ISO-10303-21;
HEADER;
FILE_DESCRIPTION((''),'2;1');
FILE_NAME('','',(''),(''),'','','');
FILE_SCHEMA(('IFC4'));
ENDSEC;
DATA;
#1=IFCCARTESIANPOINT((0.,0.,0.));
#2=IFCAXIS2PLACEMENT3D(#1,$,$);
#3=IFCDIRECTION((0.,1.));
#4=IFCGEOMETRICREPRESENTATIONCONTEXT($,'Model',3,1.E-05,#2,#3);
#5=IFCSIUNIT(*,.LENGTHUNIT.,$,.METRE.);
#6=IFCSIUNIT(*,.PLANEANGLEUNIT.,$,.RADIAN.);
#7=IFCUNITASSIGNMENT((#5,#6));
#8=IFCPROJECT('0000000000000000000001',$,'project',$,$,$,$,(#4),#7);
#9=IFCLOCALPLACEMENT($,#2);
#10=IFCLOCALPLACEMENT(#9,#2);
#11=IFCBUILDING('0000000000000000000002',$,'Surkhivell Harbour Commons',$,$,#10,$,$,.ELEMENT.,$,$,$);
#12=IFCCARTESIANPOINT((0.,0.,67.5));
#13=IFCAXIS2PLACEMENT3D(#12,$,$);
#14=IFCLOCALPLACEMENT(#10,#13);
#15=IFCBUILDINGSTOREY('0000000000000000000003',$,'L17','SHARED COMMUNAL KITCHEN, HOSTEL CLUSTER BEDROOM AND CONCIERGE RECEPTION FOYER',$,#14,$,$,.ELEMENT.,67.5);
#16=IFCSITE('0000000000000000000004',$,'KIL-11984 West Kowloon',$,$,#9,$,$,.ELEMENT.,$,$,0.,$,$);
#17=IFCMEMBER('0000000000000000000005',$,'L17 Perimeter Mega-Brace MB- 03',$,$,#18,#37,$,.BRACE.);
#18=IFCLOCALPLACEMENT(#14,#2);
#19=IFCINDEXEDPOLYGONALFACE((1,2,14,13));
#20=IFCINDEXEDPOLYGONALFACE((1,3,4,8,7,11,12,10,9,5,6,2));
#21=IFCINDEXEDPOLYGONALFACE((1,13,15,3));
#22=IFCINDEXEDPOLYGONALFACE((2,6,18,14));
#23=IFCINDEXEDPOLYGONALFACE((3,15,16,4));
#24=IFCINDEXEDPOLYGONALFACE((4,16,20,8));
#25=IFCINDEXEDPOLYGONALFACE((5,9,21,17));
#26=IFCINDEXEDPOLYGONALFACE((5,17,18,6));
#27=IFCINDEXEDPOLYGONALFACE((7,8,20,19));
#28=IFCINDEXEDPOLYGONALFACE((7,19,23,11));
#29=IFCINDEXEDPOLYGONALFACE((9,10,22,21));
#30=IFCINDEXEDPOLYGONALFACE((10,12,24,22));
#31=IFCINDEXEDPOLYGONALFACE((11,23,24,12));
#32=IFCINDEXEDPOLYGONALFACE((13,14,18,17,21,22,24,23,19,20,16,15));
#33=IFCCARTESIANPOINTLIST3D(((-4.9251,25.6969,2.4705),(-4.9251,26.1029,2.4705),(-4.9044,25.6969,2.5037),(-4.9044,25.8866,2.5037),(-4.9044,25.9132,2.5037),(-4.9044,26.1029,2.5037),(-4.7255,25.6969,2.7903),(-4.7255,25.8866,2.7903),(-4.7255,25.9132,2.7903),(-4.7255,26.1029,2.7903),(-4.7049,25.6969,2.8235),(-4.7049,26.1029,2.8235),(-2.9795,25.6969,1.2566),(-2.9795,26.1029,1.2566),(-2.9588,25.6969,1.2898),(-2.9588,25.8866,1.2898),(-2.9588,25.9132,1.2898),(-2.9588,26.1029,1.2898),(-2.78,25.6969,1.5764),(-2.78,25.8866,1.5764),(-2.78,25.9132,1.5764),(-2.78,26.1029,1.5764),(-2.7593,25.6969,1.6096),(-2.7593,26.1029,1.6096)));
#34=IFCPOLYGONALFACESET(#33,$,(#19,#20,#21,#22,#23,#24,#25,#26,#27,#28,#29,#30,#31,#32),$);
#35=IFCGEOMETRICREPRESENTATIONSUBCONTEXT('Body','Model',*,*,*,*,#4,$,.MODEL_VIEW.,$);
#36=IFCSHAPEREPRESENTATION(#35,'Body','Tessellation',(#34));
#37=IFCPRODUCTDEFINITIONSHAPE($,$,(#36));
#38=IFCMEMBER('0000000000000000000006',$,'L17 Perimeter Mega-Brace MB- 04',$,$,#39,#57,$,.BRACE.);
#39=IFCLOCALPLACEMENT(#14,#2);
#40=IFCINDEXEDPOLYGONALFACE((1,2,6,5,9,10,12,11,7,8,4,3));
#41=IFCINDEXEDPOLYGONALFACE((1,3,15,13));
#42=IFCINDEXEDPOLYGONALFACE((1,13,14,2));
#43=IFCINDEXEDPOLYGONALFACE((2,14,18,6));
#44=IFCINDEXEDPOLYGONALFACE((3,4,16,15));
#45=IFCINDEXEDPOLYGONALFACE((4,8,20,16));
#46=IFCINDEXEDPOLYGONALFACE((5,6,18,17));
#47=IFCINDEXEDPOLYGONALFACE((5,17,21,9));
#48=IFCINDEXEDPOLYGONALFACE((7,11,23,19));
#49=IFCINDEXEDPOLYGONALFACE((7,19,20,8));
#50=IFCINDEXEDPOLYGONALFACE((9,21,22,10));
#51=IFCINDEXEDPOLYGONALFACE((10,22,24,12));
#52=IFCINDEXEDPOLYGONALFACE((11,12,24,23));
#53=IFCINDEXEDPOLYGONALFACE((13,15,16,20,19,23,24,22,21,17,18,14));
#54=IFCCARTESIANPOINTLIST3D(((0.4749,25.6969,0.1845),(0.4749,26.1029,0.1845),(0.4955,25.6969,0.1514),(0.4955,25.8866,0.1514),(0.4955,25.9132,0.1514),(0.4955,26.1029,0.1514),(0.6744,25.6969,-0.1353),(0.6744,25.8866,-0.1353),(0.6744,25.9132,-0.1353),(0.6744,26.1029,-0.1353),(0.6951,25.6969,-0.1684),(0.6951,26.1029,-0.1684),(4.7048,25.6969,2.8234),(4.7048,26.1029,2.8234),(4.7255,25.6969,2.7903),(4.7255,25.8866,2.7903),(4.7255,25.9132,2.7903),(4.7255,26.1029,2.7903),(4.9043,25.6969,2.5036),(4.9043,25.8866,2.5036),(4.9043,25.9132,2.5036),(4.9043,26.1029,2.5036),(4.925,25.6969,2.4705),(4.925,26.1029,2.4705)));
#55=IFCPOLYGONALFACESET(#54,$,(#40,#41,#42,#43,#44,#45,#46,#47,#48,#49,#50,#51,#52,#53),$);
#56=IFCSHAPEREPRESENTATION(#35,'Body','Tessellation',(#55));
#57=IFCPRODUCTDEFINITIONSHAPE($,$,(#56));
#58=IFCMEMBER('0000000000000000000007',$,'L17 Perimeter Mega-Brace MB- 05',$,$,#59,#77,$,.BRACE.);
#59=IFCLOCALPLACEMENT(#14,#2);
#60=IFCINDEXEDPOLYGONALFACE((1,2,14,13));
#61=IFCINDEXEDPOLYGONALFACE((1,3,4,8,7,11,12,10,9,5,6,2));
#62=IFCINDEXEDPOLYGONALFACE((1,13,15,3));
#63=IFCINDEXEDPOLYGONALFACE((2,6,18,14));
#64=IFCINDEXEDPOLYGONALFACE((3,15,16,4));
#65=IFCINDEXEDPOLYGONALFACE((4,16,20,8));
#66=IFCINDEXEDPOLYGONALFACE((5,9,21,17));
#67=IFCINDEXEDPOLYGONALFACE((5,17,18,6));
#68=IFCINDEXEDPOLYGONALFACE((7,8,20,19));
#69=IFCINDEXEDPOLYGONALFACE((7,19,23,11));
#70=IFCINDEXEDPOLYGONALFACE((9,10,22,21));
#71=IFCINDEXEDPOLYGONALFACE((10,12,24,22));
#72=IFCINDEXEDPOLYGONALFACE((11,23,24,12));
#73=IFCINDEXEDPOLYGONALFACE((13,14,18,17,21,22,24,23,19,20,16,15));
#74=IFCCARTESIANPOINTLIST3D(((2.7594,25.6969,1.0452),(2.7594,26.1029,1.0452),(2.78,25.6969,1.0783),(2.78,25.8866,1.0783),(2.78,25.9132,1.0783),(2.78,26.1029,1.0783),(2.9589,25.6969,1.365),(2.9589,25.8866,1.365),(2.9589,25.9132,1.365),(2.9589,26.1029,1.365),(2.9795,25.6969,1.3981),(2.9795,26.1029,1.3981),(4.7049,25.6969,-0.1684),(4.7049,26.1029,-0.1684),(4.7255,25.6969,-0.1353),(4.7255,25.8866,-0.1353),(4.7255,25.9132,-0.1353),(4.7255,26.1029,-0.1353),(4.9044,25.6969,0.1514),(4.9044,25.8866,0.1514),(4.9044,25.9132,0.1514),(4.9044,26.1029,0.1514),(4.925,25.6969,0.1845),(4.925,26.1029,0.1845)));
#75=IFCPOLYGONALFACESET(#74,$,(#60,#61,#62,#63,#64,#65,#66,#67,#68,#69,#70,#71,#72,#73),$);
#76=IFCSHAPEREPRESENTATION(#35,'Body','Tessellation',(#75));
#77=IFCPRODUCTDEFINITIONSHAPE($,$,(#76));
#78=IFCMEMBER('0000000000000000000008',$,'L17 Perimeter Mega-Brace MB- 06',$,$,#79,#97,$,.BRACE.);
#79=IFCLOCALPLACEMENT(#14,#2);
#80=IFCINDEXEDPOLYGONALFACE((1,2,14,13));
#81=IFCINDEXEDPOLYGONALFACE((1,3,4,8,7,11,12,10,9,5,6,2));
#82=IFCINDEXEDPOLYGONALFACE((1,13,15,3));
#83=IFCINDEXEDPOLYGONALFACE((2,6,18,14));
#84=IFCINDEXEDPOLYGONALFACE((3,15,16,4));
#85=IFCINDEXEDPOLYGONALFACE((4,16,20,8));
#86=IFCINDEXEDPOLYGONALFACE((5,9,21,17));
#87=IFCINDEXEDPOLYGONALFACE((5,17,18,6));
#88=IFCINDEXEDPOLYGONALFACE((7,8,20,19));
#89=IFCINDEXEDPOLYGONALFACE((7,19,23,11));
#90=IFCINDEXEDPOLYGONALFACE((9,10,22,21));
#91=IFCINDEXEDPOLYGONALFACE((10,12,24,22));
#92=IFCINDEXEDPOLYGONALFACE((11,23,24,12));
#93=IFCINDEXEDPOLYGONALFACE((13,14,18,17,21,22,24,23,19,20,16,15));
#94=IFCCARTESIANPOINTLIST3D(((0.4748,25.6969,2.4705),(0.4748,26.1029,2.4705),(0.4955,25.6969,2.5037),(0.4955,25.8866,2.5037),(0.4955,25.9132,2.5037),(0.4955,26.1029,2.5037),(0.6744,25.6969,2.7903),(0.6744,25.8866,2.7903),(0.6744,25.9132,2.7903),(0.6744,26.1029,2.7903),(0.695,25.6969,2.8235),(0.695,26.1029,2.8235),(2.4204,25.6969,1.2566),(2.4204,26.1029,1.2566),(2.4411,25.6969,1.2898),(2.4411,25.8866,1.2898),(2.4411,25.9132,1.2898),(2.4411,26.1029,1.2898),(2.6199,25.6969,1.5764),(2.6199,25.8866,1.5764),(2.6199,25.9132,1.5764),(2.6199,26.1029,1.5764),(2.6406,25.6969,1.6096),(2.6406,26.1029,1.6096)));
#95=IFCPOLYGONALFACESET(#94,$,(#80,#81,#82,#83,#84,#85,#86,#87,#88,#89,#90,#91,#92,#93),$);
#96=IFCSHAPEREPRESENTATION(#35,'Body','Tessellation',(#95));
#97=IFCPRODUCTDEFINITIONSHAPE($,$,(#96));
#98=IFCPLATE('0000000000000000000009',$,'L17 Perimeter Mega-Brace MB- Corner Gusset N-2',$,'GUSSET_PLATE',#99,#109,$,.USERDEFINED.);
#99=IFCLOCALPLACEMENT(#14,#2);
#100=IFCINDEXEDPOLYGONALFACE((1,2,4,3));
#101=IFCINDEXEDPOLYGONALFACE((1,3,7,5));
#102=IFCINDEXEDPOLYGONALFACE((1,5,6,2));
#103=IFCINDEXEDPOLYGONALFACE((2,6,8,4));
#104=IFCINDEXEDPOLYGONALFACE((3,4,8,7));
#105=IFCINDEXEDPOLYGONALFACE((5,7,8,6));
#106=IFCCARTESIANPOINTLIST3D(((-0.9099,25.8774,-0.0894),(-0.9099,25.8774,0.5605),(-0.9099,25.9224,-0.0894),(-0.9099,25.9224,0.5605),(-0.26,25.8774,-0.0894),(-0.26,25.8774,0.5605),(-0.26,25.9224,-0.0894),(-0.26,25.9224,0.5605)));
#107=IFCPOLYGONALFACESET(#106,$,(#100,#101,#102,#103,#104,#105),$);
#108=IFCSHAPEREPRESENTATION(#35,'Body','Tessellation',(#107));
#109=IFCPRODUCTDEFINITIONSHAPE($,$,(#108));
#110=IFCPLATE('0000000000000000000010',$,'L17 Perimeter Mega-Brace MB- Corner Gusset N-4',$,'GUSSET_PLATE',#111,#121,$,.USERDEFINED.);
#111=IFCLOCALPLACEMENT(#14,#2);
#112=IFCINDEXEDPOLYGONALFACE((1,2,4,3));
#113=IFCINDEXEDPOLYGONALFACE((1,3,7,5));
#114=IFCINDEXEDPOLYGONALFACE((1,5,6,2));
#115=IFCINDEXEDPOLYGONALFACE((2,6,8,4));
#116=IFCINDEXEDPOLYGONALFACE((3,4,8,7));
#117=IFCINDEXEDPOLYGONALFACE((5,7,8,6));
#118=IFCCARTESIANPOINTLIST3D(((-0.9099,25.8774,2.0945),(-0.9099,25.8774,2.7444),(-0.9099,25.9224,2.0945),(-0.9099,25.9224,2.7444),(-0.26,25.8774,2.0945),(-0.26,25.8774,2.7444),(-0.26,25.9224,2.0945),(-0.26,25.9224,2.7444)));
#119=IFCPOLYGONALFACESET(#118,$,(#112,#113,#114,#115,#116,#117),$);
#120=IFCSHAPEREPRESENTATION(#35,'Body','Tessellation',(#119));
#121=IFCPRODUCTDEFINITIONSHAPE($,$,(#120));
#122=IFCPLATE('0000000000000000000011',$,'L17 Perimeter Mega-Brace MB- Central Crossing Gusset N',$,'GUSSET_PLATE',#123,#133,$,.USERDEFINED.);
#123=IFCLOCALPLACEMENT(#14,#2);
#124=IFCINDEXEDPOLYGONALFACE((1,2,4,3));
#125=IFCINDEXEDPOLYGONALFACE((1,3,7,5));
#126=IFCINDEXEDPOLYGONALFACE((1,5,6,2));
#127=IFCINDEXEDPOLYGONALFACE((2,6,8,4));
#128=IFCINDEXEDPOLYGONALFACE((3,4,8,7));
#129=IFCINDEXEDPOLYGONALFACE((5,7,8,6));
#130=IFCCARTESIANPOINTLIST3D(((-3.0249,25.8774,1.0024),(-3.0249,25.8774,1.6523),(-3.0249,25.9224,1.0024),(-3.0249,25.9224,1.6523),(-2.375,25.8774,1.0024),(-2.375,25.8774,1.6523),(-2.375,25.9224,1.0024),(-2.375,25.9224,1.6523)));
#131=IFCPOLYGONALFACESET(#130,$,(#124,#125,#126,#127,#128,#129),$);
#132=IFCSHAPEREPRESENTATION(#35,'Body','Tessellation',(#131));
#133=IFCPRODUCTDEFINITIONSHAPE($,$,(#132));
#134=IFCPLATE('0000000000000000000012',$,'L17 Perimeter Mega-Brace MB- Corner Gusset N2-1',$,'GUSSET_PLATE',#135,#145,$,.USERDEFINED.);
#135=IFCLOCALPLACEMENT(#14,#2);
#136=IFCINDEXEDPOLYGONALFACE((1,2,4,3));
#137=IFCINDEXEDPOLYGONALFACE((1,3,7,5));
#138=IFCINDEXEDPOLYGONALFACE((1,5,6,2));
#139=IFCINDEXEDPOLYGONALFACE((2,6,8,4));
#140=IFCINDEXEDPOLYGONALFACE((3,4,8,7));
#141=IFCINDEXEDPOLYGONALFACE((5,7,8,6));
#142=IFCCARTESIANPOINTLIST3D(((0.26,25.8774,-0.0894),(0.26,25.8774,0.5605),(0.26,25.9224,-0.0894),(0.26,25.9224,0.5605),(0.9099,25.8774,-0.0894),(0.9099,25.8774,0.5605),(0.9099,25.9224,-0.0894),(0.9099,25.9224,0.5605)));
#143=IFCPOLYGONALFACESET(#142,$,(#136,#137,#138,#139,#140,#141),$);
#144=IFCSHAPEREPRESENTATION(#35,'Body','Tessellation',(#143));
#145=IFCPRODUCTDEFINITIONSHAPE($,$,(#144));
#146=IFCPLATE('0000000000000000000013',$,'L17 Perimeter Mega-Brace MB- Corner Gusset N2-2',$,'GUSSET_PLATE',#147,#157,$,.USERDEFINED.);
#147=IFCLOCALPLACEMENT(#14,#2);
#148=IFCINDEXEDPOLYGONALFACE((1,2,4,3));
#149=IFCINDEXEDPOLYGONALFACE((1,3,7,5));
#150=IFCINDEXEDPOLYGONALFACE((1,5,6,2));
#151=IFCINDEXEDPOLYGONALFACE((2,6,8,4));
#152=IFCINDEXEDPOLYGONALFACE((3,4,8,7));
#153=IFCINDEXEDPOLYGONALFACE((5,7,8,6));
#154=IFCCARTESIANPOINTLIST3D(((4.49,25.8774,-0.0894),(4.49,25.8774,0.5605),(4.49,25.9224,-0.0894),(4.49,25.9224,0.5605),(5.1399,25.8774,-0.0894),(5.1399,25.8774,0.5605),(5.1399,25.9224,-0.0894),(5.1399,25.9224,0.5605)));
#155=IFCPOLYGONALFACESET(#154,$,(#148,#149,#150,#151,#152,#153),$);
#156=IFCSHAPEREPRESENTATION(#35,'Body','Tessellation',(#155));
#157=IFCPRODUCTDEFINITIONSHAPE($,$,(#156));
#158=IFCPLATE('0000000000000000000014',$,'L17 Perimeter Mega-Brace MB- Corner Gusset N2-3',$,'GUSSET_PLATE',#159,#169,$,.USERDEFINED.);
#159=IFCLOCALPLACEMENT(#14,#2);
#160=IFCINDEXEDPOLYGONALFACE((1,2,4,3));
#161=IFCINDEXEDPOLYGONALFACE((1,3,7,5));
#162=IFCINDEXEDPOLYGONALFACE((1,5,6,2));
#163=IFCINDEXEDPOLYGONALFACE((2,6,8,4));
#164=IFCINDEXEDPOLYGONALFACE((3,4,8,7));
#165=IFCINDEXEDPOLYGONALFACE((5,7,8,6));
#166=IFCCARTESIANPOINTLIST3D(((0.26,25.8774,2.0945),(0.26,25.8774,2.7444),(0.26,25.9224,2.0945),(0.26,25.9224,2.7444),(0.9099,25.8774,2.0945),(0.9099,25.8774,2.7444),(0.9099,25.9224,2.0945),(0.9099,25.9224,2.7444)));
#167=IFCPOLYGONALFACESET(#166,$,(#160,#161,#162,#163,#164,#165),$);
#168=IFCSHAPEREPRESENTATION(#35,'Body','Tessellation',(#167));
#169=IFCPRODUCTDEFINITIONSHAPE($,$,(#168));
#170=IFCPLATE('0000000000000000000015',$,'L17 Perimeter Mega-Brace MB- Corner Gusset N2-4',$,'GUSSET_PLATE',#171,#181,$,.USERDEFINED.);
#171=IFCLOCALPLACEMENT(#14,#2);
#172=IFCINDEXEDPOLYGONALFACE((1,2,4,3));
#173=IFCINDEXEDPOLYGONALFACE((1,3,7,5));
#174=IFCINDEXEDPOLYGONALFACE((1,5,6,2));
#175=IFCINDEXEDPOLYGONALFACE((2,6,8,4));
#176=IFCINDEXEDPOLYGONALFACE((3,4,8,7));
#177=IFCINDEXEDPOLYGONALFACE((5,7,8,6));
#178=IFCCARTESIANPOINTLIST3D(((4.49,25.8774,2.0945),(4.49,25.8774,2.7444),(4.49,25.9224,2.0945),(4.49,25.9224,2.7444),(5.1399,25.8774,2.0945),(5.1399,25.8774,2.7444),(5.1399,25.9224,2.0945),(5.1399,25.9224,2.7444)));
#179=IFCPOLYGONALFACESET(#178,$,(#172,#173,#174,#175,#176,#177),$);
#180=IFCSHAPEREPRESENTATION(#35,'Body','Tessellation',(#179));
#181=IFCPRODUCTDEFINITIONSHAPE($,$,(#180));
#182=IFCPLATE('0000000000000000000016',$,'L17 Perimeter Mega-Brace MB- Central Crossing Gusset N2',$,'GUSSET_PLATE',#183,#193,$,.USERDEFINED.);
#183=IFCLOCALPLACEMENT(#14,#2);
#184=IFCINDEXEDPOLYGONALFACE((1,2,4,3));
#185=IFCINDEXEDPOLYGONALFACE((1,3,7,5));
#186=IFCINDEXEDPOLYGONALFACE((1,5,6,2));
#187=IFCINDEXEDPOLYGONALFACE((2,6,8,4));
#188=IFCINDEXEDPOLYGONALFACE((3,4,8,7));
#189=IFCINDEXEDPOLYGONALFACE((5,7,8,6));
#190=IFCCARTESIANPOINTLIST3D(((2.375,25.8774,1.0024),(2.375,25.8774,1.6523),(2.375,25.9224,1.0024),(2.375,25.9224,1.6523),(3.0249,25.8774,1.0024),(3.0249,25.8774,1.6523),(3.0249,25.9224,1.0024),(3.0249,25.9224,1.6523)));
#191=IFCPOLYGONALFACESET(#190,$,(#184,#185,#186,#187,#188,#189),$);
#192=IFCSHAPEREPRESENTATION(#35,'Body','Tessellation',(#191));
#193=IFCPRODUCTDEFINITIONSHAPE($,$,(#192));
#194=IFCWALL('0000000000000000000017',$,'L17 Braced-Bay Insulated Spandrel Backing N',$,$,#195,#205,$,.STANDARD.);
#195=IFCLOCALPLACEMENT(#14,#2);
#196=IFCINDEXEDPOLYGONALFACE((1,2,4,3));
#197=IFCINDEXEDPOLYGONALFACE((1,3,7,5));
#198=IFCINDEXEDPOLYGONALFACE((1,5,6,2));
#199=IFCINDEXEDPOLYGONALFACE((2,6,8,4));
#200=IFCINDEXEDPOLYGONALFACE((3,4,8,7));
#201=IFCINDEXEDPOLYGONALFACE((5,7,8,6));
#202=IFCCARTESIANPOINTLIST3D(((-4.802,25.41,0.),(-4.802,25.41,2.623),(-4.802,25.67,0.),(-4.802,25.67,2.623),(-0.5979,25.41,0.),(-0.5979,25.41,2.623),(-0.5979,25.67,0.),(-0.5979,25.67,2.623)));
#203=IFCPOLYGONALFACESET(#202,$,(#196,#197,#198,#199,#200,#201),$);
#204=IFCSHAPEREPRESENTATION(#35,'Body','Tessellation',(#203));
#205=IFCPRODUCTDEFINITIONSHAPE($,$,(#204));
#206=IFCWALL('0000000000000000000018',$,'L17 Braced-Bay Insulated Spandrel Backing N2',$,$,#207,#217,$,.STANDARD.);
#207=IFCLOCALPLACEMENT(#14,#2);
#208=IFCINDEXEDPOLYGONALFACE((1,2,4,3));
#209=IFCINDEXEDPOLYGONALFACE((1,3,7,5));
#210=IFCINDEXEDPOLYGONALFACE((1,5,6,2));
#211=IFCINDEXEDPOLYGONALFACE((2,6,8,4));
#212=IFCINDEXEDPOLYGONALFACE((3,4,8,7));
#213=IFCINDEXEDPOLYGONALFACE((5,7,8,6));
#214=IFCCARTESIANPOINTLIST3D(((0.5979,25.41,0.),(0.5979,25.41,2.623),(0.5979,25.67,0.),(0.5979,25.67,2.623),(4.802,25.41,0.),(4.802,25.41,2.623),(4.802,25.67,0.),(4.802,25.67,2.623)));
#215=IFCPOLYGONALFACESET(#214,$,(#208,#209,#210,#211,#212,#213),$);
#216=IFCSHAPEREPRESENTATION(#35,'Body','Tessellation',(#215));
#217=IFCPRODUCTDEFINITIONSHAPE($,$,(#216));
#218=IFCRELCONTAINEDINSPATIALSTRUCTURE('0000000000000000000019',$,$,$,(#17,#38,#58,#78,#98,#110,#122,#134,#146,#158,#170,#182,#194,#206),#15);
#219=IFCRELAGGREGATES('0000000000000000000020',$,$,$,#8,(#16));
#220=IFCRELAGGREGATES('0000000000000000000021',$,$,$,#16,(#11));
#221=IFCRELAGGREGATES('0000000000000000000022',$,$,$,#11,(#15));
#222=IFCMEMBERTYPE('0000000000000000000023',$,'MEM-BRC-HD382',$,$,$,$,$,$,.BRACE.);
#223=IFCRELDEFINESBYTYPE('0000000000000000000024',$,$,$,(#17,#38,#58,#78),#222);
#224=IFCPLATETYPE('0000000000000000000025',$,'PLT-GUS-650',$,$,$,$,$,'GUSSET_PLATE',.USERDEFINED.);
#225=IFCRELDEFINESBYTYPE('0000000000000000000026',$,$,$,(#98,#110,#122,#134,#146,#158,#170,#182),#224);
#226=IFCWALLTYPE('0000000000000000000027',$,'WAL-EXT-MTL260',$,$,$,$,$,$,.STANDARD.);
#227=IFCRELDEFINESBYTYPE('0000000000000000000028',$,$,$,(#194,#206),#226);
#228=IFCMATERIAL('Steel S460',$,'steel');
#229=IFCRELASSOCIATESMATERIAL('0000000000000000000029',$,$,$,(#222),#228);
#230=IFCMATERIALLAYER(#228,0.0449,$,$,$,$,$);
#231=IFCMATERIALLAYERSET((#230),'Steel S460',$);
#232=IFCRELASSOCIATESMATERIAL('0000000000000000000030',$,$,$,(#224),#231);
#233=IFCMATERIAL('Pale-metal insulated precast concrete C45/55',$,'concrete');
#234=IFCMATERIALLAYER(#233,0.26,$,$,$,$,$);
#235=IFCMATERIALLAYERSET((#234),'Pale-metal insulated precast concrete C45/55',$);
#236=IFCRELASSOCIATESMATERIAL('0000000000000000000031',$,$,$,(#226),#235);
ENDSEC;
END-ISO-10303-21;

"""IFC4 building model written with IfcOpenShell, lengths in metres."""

from ifc_helpers import new_model, si_unit, direction, frame, frame_2d, origin, origin_2d, place, context, subcontext, project, spatial, rectangle, i_section, extrude, material, layer, layer_set, material_profile, profile_set, type_object, element, save


model = new_model("IFC4")

# Units and contexts
model_context = context("Model", 3, precision=1e-05, world=origin(), true_north=direction((0.0, 1.0)))
body_context = subcontext(model_context, "Body", "Model", "MODEL_VIEW")
ifc_project = project(units=[si_unit("LENGTHUNIT", "METRE"), si_unit("PLANEANGLEUNIT", "RADIAN")], contexts=[model_context])

# Site, building, storey
site_placement = place(None, origin())
site = spatial("IfcSite", under=ifc_project, at=site_placement, Name="KIL-11984 West Kowloon", CompositionType="ELEMENT", RefElevation=0.0)
building_placement = place(site_placement, origin())
building = spatial("IfcBuilding", under=site, at=building_placement, Name="Surkhivell Harbour Commons", CompositionType="ELEMENT")
storey_placement = place(building_placement, frame((0.0, 0.0, 67.5)))
storey = spatial("IfcBuildingStorey", under=building, at=storey_placement, Name="L17", Description="SHARED COMMUNAL KITCHEN, HOSTEL CLUSTER BEDROOM AND CONCIERGE RECEPTION FOYER", CompositionType="ELEMENT", Elevation=67.5)

# Shared definitions
ifc_material_1 = material(Name="Steel S460", Category="steel")

# Members
ifc_material_profile_1 = material_profile(ifc_material_1, i_section(OverallWidth=0.406, OverallDepth=0.416, WebThickness=0.0266, FlangeThickness=0.0391, at=origin_2d()), Name="HD400x382")
ifc_profile_set_1 = profile_set([ifc_material_profile_1], Name="Steel S460")
member_type_1 = type_object("IfcMemberType", Name="MEM-BRC-HD382", PredefinedType="BRACE", material=ifc_profile_set_1)
member_1_placement = place(storey_placement, frame((-2.8694, 25.8999, 1.4331), z_axis=(-0.848411, 0.0, 0.529338), x_axis=(0.0, -1.0, 0.0)))
element("IfcMember", 1, at=member_1_placement, inside=storey, type_object=member_type_1, Name="L17 Perimeter Mega-Brace MB- 03", PredefinedType="BRACE", context=body_context, shape_type="SweptSolid", body=[
    extrude(i_section(OverallWidth=0.406, OverallDepth=0.416, WebThickness=0.0266, FlangeThickness=0.0391, at=origin_2d()), origin(), (0.0, 0.0, 1.0), 2.2932),
])
member_2_placement = place(storey_placement, frame((0.585, 25.8999, 0.0081), z_axis=(0.848433, 0.0, 0.529303), x_axis=(0.0, 1.0, 0.0)))
element("IfcMember", 2, at=member_2_placement, inside=storey, type_object=member_type_1, Name="L17 Perimeter Mega-Brace MB- 04", PredefinedType="BRACE", context=body_context, shape_type="SweptSolid", body=[
    extrude(i_section(OverallWidth=0.406, OverallDepth=0.416, WebThickness=0.0266, FlangeThickness=0.0391, at=origin_2d()), origin(), (0.0, 0.0, 1.0), 4.9856),
])
member_3_placement = place(storey_placement, frame((4.8149, 25.8999, 0.0081), z_axis=(-0.848459, 0.0, 0.529262), x_axis=(0.0, -1.0, 0.0)))
element("IfcMember", 3, at=member_3_placement, inside=storey, type_object=member_type_1, Name="L17 Perimeter Mega-Brace MB- 05", PredefinedType="BRACE", context=body_context, shape_type="SweptSolid", body=[
    extrude(i_section(OverallWidth=0.406, OverallDepth=0.416, WebThickness=0.0266, FlangeThickness=0.0391, at=origin_2d()), origin(), (0.0, 0.0, 1.0), 2.293),
])
member_4_placement = place(storey_placement, frame((2.5305, 25.8999, 1.4331), z_axis=(-0.848411, 0.0, 0.529338), x_axis=(0.0, -1.0, 0.0)))
element("IfcMember", 4, at=member_4_placement, inside=storey, type_object=member_type_1, Name="L17 Perimeter Mega-Brace MB- 06", PredefinedType="BRACE", context=body_context, shape_type="SweptSolid", body=[
    extrude(i_section(OverallWidth=0.406, OverallDepth=0.416, WebThickness=0.0266, FlangeThickness=0.0391, at=origin_2d()), origin(), (0.0, 0.0, 1.0), 2.2932),
])

# Plates
ifc_layer_1 = layer(ifc_material_1, 0.0449)
ifc_layer_set_1 = layer_set([ifc_layer_1], Name="Steel S460")
plate_type_1 = type_object("IfcPlateType", Name="PLT-GUS-650", ElementType="GUSSET_PLATE", PredefinedType="USERDEFINED", material=ifc_layer_set_1)
for number, where, z_axis, x_axis, name in (
    (5, (-0.585, 25.8999, -0.0894), (0.0, 0.0, 1.0), (1.0, 0.0, 0.0), "L17 Perimeter Mega-Brace MB- Corner Gusset N-2"),
    (6, (-0.585, 25.8999, 2.0945), (0.0, 0.0, 1.0), (1.0, 0.0, 0.0), "L17 Perimeter Mega-Brace MB- Corner Gusset N-4"),
    (7, (-2.7, 25.8999, 1.0024), (0.0, 0.0, 1.0), (1.0, 0.0, 0.0), "L17 Perimeter Mega-Brace MB- Central Crossing Gusset N"),
    (8, (0.585, 25.8999, -0.0894), (0.0, 0.0, 1.0), (1.0, 0.0, 0.0), "L17 Perimeter Mega-Brace MB- Corner Gusset N2-1"),
    (9, (4.8149, 25.8999, -0.0894), (0.0, 0.0, 1.0), (1.0, 0.0, 0.0), "L17 Perimeter Mega-Brace MB- Corner Gusset N2-2"),
    (10, (0.585, 25.8999, 2.0945), (0.0, 0.0, 1.0), (1.0, 0.0, 0.0), "L17 Perimeter Mega-Brace MB- Corner Gusset N2-3"),
    (11, (4.8149, 25.8999, 2.0945), (0.0, 0.0, 1.0), (1.0, 0.0, 0.0), "L17 Perimeter Mega-Brace MB- Corner Gusset N2-4"),
    (12, (2.7, 25.8999, 1.0024), (0.0, 0.0, 1.0), (1.0, 0.0, 0.0), "L17 Perimeter Mega-Brace MB- Central Crossing Gusset N2"),
):
    element("IfcPlate", number, at=place(storey_placement, frame(where, z_axis=z_axis, x_axis=x_axis)), inside=storey, type_object=plate_type_1, Name=name, ObjectType="GUSSET_PLATE", PredefinedType="USERDEFINED", context=body_context, shape_type="SweptSolid", body=[
        extrude(rectangle(XDim=0.6499, YDim=0.0449, at=origin_2d()), origin(), (0.0, 0.0, 1.0), 0.6499),
    ])

# Walls
ifc_material_2 = material(Name="Pale-metal insulated precast concrete C45/55", Category="concrete")
ifc_layer_2 = layer(ifc_material_2, 0.26)
ifc_layer_set_2 = layer_set([ifc_layer_2], Name="Pale-metal insulated precast concrete C45/55")
wall_type = type_object("IfcWallType", Name="WAL-EXT-MTL260", PredefinedType="STANDARD", material=ifc_layer_set_2)
for number, where, z_axis, x_axis, name in (
    (13, (-0.5979, 25.54, 0.0), (0.0, 0.0, 1.0), (-1.0, 0.0, 0.0), "L17 Braced-Bay Insulated Spandrel Backing N"),
    (14, (4.802, 25.54, 0.0), (0.0, 0.0, 1.0), (-1.0, 0.0, 0.0), "L17 Braced-Bay Insulated Spandrel Backing N2"),
):
    element("IfcWall", number, at=place(storey_placement, frame(where, z_axis=z_axis, x_axis=x_axis)), inside=storey, type_object=wall_type, Name=name, PredefinedType="STANDARD", context=body_context, shape_type="SweptSolid", body=[
        extrude(rectangle(XDim=4.2041, YDim=0.26, at=frame_2d((2.1021, 0.0))), origin(), (0.0, 0.0, 1.0), 2.623),
    ])

save(model, "model.ifc")
